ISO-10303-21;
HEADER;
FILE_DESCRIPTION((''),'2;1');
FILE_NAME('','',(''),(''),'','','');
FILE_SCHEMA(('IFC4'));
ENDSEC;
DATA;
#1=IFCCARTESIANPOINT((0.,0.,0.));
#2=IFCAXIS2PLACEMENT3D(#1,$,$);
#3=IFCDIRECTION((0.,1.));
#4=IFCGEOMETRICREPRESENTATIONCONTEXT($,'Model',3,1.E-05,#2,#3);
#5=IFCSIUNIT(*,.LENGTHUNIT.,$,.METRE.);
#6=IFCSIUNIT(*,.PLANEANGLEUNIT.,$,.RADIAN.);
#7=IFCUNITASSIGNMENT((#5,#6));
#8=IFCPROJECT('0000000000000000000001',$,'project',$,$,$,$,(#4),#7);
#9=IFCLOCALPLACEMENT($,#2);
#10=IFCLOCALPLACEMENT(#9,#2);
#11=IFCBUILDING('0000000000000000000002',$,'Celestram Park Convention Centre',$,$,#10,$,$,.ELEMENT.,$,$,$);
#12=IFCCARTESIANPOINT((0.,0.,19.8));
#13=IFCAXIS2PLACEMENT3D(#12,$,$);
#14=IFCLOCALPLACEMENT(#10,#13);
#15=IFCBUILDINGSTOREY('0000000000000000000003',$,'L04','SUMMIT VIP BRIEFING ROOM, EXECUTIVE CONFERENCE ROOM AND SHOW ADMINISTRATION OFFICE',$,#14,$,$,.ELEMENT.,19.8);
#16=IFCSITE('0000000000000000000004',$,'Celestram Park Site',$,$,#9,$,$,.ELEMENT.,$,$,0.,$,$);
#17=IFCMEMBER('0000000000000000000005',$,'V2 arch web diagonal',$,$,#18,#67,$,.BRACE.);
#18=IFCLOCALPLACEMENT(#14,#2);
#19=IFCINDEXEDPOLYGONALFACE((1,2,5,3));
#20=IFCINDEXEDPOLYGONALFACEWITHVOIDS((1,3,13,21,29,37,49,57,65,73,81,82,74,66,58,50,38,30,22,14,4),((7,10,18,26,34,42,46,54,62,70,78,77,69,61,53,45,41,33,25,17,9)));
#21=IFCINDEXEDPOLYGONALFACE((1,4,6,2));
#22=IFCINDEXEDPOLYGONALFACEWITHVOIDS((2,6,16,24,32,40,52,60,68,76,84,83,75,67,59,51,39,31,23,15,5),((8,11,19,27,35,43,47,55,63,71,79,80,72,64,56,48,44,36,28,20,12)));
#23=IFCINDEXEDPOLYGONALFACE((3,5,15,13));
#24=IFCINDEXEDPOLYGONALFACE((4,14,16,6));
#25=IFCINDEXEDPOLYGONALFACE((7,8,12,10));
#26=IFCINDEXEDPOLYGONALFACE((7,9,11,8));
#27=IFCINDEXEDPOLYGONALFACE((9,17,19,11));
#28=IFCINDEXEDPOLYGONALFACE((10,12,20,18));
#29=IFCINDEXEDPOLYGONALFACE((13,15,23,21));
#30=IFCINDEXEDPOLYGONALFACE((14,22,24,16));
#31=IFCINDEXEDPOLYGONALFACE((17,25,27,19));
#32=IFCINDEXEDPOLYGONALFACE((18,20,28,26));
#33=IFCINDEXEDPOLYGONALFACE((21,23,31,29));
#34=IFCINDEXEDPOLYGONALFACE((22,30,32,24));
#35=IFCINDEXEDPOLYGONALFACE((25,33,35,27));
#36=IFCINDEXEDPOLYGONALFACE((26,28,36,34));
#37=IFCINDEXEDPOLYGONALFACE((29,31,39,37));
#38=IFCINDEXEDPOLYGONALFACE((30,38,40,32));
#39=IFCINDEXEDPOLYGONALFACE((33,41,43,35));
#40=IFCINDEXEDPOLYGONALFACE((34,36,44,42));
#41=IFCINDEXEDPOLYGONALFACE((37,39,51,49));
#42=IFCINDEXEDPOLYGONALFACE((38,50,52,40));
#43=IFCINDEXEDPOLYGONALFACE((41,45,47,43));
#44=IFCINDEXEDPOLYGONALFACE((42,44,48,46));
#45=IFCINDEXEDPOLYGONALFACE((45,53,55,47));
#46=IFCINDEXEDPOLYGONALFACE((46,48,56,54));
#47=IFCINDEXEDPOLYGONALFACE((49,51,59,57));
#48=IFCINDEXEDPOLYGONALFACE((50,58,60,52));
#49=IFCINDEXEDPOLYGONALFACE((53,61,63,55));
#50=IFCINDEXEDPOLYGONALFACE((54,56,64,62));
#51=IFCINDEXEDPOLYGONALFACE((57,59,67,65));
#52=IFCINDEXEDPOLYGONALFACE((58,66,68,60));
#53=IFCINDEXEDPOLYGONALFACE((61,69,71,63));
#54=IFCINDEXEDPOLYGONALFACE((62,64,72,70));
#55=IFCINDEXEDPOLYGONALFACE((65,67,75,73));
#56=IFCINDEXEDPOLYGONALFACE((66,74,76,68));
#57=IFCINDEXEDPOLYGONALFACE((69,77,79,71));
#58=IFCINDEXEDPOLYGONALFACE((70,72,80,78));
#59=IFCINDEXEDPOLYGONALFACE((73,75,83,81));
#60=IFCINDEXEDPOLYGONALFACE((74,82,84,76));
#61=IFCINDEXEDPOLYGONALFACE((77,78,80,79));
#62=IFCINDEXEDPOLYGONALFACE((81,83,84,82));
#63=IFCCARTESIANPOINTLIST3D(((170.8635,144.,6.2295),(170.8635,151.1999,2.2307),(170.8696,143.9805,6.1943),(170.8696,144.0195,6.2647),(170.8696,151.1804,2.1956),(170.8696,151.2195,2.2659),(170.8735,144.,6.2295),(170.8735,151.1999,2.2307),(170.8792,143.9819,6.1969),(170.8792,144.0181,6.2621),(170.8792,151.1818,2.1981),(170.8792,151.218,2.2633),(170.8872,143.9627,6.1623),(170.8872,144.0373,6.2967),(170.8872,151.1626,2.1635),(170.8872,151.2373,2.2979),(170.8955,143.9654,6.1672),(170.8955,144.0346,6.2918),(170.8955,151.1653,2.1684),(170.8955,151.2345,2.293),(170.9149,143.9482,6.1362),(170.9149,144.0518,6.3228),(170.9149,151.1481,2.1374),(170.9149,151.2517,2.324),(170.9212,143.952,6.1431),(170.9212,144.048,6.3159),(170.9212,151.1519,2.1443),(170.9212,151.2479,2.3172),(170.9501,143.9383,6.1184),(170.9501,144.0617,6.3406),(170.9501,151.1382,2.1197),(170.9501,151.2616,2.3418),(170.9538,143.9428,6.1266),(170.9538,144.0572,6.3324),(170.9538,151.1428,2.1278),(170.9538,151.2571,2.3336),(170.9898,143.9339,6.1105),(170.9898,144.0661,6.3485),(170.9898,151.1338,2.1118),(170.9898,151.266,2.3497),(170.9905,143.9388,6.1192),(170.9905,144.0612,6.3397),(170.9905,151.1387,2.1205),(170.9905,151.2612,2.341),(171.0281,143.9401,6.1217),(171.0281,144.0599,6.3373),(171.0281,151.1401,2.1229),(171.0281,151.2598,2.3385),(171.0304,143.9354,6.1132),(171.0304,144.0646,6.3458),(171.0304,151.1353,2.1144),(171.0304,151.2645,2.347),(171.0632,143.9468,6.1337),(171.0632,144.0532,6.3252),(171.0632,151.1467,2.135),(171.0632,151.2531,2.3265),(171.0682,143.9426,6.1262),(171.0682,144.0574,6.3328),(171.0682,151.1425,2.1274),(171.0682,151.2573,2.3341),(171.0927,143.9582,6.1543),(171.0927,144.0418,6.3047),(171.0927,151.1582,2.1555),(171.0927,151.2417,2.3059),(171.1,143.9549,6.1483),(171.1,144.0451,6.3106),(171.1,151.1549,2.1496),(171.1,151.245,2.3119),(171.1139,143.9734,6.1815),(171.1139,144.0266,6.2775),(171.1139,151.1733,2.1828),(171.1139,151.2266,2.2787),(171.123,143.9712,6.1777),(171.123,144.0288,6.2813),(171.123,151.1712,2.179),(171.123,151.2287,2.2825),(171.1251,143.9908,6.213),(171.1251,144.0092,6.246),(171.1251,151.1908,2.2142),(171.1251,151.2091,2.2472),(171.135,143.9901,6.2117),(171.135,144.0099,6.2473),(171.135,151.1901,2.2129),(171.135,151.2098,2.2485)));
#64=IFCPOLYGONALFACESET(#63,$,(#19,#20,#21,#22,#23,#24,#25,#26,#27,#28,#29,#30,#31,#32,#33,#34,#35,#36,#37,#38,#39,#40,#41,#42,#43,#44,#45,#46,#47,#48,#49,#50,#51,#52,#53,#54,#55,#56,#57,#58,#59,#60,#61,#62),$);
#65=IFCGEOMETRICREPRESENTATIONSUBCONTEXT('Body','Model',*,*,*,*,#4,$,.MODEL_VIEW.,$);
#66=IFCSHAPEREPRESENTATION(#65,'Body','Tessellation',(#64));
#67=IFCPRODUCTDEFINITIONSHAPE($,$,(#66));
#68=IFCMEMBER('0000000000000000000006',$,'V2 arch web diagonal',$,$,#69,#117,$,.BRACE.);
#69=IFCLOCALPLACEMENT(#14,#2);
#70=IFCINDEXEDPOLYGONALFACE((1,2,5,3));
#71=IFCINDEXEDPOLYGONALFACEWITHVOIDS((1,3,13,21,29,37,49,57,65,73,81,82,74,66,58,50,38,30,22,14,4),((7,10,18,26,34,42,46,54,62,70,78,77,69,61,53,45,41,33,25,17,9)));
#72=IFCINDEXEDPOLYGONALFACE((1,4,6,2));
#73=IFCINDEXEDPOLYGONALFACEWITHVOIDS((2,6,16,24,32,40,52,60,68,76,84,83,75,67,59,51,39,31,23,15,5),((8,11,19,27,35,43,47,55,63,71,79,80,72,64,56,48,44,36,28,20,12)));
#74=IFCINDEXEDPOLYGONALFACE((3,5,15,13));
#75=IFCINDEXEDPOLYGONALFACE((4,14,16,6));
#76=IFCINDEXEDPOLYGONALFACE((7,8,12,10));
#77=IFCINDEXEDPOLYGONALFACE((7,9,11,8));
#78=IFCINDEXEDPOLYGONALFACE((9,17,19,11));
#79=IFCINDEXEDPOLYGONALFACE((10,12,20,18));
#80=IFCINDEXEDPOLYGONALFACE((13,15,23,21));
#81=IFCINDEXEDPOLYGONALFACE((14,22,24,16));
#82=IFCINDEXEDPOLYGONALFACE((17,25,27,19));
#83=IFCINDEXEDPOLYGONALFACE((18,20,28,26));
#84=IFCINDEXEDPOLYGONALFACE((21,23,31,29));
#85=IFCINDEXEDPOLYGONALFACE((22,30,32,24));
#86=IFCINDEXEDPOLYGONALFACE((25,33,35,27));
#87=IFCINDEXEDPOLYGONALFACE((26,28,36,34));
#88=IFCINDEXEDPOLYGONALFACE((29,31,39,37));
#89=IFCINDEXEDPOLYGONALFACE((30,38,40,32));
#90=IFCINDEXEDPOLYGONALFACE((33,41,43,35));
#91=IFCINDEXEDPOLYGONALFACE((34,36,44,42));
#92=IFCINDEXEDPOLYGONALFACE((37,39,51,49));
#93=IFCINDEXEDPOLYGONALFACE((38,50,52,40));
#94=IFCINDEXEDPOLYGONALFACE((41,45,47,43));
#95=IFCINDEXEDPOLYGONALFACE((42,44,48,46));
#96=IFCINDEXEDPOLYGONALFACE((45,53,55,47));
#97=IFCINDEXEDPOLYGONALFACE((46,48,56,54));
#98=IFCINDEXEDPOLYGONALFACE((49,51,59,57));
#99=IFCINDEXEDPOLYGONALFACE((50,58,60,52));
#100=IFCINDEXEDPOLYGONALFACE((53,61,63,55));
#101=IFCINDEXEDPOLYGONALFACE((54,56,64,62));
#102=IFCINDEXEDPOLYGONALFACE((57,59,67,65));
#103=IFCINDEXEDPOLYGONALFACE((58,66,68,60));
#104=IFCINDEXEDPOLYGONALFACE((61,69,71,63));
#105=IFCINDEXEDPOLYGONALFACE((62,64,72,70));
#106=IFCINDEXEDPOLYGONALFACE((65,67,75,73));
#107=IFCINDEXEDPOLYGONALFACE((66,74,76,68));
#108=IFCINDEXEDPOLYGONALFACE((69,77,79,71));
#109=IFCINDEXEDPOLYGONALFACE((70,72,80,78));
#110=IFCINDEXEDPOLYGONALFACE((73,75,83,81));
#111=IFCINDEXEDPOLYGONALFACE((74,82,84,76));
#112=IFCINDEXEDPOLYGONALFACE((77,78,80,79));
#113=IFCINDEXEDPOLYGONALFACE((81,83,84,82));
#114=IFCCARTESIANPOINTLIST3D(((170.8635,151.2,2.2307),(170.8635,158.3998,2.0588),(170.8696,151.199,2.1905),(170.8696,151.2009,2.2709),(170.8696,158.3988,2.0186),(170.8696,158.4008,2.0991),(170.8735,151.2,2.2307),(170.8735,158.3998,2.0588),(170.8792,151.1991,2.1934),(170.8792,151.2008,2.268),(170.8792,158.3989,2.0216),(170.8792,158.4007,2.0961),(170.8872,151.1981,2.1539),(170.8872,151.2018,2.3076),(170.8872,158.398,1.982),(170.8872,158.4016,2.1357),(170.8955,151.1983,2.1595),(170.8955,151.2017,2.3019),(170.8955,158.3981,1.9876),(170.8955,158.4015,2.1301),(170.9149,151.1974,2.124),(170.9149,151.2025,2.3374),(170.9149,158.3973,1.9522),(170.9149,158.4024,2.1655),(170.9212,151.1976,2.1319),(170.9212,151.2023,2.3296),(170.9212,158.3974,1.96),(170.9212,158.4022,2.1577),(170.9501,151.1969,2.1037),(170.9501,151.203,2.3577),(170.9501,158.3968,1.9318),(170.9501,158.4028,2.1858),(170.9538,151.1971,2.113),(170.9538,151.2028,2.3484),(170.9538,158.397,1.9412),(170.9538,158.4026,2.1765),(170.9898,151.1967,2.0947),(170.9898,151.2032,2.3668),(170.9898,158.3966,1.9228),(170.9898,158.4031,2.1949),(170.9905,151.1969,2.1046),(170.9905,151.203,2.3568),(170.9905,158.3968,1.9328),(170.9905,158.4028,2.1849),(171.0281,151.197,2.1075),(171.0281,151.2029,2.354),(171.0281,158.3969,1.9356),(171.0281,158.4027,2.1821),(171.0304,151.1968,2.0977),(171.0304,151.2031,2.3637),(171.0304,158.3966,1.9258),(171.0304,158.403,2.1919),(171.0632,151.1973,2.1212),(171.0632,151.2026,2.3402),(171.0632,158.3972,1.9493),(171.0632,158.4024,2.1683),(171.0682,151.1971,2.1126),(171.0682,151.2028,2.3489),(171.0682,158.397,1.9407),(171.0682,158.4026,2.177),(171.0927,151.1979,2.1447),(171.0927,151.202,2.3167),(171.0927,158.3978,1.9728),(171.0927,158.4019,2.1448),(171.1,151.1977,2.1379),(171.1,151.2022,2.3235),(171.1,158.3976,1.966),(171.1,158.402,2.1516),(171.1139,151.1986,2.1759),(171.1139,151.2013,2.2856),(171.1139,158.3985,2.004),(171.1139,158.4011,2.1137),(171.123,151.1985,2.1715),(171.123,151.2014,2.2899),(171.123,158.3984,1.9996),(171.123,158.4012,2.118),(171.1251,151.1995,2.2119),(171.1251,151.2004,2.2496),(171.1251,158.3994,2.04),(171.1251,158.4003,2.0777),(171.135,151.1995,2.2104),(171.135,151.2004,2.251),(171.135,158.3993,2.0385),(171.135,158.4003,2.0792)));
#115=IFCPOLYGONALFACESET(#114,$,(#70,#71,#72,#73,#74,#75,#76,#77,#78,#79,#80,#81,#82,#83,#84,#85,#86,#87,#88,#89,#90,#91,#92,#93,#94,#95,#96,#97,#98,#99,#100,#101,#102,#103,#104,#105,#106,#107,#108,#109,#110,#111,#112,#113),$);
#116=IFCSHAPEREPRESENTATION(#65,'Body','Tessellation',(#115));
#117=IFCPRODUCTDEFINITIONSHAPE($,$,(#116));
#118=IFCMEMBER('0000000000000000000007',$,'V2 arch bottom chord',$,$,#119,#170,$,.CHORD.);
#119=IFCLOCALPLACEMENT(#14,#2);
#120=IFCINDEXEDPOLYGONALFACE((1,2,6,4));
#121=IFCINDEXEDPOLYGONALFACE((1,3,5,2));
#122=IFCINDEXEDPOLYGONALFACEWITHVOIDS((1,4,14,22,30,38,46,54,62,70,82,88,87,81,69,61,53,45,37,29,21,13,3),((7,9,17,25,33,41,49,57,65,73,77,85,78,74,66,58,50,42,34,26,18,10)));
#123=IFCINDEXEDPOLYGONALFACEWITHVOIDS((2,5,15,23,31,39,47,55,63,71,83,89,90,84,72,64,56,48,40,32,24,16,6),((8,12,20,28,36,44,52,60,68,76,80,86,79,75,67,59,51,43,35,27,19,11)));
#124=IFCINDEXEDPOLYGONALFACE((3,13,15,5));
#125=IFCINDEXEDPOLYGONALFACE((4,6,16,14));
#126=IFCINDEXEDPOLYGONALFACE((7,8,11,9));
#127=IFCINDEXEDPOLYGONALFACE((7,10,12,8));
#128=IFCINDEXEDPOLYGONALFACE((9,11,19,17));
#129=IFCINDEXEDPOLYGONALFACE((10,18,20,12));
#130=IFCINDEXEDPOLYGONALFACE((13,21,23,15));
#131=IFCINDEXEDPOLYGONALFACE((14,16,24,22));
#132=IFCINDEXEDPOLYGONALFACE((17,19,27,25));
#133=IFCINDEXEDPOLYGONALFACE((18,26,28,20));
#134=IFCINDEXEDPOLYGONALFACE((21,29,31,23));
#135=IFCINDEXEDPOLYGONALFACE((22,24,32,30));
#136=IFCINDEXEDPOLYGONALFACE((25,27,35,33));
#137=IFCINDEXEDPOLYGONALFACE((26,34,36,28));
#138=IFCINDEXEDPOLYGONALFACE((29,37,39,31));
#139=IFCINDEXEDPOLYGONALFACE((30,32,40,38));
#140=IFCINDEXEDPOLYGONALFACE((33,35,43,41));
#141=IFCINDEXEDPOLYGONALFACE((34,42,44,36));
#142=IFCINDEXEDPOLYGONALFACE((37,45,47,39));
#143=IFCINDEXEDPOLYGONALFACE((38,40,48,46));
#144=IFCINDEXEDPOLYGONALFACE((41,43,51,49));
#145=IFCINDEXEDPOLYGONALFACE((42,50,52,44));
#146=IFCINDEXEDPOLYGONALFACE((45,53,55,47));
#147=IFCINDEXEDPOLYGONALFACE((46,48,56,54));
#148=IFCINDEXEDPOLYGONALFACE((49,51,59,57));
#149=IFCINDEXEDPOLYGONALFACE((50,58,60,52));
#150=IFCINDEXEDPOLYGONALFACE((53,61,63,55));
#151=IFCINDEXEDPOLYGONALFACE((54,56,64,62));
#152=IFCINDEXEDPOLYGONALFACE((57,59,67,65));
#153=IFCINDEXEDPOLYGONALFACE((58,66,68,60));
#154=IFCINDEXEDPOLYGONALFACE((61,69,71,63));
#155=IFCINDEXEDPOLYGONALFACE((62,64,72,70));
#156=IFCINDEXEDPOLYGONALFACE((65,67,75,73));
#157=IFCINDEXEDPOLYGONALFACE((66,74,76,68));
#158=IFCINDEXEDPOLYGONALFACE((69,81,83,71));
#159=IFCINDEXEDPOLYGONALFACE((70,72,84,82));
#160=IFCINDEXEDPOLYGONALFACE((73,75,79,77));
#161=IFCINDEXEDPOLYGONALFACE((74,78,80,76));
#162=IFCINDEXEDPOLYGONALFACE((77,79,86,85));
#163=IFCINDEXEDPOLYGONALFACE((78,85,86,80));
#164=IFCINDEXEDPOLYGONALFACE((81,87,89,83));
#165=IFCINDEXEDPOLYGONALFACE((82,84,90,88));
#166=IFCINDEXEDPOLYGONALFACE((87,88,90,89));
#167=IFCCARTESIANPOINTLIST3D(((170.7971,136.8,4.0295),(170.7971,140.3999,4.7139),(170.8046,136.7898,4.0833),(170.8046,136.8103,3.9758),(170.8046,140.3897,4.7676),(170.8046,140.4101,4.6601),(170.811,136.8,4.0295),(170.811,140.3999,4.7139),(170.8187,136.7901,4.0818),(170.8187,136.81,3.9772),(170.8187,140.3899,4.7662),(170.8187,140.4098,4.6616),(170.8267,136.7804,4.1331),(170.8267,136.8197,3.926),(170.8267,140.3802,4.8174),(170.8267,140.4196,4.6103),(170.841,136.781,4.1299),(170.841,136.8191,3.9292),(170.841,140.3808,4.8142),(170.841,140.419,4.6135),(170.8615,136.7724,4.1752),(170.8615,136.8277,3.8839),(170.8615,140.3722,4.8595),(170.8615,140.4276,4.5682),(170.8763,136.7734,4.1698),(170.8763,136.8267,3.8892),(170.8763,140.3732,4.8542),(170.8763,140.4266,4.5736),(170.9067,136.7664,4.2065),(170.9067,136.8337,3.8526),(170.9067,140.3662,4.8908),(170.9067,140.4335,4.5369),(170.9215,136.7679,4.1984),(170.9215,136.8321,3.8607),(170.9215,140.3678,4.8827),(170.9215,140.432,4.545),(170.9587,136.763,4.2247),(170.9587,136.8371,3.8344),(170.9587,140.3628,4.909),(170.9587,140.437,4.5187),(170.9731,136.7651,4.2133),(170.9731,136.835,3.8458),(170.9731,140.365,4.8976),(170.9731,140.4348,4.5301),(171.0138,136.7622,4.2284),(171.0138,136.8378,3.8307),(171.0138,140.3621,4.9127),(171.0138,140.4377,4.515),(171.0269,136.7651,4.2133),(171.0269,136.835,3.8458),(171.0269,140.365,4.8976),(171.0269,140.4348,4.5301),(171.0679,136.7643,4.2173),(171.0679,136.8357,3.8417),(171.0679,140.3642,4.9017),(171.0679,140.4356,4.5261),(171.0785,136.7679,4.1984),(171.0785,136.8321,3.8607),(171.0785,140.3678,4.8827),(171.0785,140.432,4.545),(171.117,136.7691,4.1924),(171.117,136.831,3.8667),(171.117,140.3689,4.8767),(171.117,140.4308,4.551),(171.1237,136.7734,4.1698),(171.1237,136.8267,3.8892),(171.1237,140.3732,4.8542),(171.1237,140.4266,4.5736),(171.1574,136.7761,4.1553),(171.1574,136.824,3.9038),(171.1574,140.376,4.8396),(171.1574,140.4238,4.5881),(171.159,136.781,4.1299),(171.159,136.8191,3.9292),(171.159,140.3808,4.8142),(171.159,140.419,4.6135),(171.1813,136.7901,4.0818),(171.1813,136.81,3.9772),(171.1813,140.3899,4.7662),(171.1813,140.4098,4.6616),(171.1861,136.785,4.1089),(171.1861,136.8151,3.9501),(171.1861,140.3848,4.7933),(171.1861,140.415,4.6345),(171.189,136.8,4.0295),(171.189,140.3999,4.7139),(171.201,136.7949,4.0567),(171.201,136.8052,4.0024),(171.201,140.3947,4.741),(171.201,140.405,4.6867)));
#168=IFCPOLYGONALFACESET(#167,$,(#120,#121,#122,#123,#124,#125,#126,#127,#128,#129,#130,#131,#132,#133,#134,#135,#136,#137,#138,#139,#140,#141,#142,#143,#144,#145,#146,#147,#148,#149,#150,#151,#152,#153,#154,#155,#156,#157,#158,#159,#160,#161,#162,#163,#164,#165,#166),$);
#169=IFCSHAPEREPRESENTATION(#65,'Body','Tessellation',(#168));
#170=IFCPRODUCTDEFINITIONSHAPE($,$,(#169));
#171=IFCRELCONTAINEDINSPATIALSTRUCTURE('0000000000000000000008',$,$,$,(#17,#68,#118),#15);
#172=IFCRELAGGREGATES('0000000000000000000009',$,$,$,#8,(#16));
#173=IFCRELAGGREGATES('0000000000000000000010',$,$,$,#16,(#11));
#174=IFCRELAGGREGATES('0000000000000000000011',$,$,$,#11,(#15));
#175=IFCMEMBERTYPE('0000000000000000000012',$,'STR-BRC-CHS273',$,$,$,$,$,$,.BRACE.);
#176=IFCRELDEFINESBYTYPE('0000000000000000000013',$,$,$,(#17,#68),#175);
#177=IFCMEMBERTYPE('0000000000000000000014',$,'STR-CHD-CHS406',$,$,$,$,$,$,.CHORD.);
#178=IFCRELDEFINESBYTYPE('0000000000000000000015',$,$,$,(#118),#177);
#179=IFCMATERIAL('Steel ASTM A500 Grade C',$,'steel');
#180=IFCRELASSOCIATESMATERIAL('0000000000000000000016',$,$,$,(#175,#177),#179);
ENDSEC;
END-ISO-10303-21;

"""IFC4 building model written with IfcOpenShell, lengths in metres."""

from ifc_helpers import new_model, si_unit, direction, frame, origin, origin_2d, place, context, subcontext, project, spatial, hollow_circle, extrude, material, material_profile, profile_set, type_object, element, save


model = new_model("IFC4")

# Units and contexts
model_context = context("Model", 3, precision=1e-05, world=origin(), true_north=direction((0.0, 1.0)))
body_context = subcontext(model_context, "Body", "Model", "MODEL_VIEW")
ifc_project = project(units=[si_unit("LENGTHUNIT", "METRE"), si_unit("PLANEANGLEUNIT", "RADIAN")], contexts=[model_context])

# Site, building, storey
site_placement = place(None, origin())
site = spatial("IfcSite", under=ifc_project, at=site_placement, Name="Celestram Park Site", CompositionType="ELEMENT", RefElevation=0.0)
building_placement = place(site_placement, origin())
building = spatial("IfcBuilding", under=site, at=building_placement, Name="Celestram Park Convention Centre", CompositionType="ELEMENT")
storey_placement = place(building_placement, frame((0.0, 0.0, 19.8)))
storey = spatial("IfcBuildingStorey", under=building, at=storey_placement, Name="L04", Description="SUMMIT VIP BRIEFING ROOM, EXECUTIVE CONFERENCE ROOM AND SHOW ADMINISTRATION OFFICE", CompositionType="ELEMENT", Elevation=19.8)

# Members
ifc_material_1 = material(Name="Steel ASTM A500 Grade C", Category="steel")
ifc_material_profile_1 = material_profile(ifc_material_1, hollow_circle(Radius=0.1365, WallThickness=0.01, at=origin_2d()), Name="CHS273X10")
ifc_profile_set_1 = profile_set([ifc_material_profile_1], Name="Steel ASTM A500 Grade C")
member_type_1 = type_object("IfcMemberType", Name="STR-BRC-CHS273", PredefinedType="BRACE", material=ifc_profile_set_1)
member_1_placement = place(storey_placement, frame((171.0, 144.0, 6.2295), z_axis=(0.0, 0.874219, -0.485532), x_axis=(-1.0, 0.0, 0.0)))
element("IfcMember", 1, at=member_1_placement, inside=storey, type_object=member_type_1, Name="V2 arch web diagonal", PredefinedType="BRACE", context=body_context, shape_type="SweptSolid", body=[
    extrude(hollow_circle(Radius=0.1365, WallThickness=0.01, at=origin_2d()), origin(), (0.0, 0.0, 1.0), 8.2358),
])
member_2_placement = place(storey_placement, frame((171.0, 151.2, 2.2307), z_axis=(0.0, 0.999715, -0.023865), x_axis=(-1.0, 0.0, 0.0)))
element("IfcMember", 2, at=member_2_placement, inside=storey, type_object=member_type_1, Name="V2 arch web diagonal", PredefinedType="BRACE", context=body_context, shape_type="SweptSolid", body=[
    extrude(hollow_circle(Radius=0.1365, WallThickness=0.01, at=origin_2d()), origin(), (0.0, 0.0, 1.0), 7.2019),
])
ifc_material_profile_2 = material_profile(ifc_material_1, hollow_circle(Radius=0.2029, WallThickness=0.0139, at=origin_2d()), Name="CHS406X14")
ifc_profile_set_2 = profile_set([ifc_material_profile_2], Name="Steel ASTM A500 Grade C")
member_type_2 = type_object("IfcMemberType", Name="STR-CHD-CHS406", PredefinedType="CHORD", material=ifc_profile_set_2)
member_3_placement = place(storey_placement, frame((171.0, 136.8, 4.0295), z_axis=(0.0, 0.982407, 0.186754), x_axis=(-1.0, 0.0, 0.0)))
element("IfcMember", 3, at=member_3_placement, inside=storey, type_object=member_type_2, Name="V2 arch bottom chord", PredefinedType="CHORD", context=body_context, shape_type="SweptSolid", body=[
    extrude(hollow_circle(Radius=0.2029, WallThickness=0.0139, at=origin_2d()), origin(), (0.0, 0.0, 1.0), 3.6643),
])

save(model, "model.ifc")
